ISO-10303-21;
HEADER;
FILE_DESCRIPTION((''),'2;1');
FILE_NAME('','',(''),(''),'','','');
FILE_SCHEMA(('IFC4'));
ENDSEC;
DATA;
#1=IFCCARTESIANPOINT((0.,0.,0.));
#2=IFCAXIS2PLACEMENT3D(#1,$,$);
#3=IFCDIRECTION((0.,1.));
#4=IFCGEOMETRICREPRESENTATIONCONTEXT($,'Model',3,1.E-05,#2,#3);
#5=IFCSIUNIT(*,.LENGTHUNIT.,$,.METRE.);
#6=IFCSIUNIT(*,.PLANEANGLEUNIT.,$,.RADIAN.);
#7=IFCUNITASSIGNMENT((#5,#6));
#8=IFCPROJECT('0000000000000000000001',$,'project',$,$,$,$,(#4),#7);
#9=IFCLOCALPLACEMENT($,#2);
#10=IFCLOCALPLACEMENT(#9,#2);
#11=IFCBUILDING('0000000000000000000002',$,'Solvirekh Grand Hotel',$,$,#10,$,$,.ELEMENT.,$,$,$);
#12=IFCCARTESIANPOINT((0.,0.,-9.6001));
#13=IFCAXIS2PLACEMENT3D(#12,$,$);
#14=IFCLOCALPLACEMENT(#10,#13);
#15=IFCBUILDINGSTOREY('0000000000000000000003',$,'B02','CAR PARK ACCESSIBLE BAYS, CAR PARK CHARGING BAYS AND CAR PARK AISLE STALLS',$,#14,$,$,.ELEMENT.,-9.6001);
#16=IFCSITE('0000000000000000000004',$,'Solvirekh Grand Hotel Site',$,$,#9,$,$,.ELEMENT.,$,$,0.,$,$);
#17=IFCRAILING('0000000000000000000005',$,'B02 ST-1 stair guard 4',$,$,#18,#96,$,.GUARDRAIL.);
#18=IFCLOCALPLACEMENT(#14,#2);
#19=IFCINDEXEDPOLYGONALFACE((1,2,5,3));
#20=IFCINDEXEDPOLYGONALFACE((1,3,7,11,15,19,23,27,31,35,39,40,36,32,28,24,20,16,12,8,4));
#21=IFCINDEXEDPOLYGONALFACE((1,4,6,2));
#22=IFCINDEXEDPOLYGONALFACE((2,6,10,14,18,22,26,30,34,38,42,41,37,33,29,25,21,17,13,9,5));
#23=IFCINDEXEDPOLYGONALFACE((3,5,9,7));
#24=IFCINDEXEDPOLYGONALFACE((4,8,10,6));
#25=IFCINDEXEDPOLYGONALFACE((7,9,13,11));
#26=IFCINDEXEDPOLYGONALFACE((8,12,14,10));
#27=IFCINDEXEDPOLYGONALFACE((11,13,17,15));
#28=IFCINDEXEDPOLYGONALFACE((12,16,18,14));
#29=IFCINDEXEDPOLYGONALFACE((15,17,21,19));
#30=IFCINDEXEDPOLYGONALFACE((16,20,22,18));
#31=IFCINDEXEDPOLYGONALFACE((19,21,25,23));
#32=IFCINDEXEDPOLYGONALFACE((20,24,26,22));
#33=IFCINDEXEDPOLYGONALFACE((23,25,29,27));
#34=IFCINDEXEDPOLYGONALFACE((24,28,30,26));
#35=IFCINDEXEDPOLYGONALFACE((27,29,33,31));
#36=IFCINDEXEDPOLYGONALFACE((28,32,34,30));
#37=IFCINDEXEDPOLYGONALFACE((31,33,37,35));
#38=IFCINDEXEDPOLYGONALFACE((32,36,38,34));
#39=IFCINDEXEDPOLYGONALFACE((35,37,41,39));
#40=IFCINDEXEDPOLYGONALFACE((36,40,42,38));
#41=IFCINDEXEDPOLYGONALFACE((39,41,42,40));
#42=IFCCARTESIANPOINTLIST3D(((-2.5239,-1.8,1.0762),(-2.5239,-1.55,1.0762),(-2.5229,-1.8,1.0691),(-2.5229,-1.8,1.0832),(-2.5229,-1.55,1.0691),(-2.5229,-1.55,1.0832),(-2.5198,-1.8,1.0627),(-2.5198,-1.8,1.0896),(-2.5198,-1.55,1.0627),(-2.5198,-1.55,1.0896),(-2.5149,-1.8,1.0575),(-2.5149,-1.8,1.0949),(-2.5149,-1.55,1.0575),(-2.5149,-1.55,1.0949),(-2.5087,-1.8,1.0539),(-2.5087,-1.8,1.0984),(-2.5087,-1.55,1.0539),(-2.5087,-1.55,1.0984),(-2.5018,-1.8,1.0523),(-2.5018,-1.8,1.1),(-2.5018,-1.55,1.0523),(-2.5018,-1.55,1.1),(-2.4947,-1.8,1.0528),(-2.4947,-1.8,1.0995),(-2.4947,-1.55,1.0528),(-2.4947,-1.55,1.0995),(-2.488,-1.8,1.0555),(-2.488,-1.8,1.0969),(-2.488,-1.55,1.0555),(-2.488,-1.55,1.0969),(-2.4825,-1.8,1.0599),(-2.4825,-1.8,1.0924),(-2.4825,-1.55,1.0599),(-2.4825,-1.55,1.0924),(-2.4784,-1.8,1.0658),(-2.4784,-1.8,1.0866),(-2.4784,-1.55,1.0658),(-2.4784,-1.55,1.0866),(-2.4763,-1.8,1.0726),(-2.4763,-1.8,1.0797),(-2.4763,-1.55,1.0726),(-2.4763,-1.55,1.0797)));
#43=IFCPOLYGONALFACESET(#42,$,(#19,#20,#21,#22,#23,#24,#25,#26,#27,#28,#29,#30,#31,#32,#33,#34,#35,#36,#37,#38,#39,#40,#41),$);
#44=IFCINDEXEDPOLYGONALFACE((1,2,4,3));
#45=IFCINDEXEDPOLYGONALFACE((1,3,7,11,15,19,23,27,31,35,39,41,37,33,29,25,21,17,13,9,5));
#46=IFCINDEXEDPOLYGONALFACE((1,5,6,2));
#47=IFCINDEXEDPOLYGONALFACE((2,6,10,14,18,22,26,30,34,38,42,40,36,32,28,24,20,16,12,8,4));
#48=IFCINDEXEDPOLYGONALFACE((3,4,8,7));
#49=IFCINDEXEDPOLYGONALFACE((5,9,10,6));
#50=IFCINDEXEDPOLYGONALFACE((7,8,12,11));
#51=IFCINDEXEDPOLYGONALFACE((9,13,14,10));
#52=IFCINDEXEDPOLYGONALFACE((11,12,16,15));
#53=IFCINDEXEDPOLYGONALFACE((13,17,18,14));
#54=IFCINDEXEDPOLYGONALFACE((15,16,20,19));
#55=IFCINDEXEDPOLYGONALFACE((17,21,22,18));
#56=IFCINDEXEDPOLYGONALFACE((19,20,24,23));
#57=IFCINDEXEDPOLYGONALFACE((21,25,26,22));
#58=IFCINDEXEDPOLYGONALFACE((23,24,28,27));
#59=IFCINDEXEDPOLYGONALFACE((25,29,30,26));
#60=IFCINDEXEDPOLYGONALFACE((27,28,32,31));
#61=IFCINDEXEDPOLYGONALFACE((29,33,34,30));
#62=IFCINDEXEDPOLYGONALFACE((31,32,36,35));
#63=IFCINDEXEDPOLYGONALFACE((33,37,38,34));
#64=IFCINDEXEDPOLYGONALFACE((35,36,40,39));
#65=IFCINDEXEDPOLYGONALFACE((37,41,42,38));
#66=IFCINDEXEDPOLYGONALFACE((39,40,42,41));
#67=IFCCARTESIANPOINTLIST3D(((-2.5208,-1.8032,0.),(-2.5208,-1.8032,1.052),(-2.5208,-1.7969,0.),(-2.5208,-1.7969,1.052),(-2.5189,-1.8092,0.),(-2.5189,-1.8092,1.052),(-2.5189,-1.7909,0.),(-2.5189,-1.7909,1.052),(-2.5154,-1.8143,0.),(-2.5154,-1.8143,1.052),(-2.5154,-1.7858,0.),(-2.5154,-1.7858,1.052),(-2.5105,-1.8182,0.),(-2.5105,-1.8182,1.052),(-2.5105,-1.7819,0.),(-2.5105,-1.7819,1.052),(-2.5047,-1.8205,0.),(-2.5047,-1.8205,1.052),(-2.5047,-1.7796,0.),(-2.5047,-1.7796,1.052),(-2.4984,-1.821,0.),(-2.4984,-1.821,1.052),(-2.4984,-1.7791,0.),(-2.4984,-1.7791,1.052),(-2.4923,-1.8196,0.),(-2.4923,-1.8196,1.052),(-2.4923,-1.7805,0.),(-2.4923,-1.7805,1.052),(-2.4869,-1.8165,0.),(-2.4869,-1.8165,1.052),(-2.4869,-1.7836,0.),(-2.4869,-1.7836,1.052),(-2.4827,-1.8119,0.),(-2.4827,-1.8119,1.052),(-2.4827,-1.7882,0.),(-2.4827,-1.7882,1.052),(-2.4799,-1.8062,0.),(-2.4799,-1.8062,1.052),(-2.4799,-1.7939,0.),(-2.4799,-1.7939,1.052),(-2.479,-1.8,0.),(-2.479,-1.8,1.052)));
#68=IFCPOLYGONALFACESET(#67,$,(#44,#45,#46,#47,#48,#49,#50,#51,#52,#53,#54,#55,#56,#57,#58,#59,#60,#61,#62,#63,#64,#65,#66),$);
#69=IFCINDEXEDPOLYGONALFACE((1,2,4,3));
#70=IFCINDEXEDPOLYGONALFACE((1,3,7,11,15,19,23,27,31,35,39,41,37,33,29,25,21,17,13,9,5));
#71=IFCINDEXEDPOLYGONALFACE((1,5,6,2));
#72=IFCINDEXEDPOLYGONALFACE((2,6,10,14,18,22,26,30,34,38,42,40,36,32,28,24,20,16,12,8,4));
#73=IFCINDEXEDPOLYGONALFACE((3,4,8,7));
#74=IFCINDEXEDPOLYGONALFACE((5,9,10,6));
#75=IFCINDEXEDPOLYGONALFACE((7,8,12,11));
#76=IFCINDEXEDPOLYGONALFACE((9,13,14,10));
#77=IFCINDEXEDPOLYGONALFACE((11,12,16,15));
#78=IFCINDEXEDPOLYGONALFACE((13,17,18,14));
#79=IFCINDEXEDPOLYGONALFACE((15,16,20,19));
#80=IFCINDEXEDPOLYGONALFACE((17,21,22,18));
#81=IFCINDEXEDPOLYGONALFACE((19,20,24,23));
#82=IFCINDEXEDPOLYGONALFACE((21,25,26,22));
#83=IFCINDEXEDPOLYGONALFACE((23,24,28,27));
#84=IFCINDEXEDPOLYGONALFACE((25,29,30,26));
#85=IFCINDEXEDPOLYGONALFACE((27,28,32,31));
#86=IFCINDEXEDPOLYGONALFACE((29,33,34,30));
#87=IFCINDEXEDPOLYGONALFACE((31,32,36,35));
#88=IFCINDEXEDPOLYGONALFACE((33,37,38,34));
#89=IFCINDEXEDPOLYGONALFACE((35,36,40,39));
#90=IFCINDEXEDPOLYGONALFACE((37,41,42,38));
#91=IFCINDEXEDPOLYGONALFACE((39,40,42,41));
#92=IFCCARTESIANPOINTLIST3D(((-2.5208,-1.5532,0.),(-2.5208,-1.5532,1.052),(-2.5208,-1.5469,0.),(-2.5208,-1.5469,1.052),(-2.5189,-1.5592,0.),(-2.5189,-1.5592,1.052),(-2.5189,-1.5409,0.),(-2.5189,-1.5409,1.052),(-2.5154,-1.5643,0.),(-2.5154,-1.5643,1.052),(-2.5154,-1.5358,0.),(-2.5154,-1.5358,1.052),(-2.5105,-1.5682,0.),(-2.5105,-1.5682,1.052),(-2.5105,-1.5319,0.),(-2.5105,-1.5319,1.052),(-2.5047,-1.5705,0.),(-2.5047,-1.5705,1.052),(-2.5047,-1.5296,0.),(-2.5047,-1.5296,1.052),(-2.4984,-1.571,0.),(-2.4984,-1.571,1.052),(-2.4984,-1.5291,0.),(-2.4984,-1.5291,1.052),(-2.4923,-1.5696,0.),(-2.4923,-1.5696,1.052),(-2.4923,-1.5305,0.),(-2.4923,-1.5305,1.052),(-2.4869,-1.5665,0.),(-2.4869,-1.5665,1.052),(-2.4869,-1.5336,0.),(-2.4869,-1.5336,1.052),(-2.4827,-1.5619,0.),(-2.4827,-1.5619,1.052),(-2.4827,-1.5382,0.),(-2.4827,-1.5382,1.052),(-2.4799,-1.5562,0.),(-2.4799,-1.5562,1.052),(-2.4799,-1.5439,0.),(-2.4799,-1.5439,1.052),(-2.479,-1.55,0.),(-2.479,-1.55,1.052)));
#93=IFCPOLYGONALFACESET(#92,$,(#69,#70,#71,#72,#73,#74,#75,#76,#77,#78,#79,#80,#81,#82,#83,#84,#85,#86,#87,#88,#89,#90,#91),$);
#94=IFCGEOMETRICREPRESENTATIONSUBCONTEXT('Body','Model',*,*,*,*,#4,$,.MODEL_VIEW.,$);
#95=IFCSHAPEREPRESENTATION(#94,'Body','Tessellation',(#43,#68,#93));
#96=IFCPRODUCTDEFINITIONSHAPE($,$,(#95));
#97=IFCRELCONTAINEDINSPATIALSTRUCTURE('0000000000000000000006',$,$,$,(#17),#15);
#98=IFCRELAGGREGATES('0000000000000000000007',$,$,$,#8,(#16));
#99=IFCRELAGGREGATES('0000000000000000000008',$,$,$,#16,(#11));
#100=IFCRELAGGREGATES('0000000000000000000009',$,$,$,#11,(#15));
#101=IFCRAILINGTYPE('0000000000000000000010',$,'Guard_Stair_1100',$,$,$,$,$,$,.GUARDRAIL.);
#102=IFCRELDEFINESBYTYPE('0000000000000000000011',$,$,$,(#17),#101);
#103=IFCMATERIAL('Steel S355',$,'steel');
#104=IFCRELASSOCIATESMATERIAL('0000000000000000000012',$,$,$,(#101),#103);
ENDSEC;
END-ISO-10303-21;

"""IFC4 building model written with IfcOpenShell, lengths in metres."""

from ifc_helpers import new_model, si_unit, direction, frame, origin, origin_2d, place, context, subcontext, project, spatial, circle, extrude, material, type_object, element, save


model = new_model("IFC4")

# Units and contexts
model_context = context("Model", 3, precision=1e-05, world=origin(), true_north=direction((0.0, 1.0)))
body_context = subcontext(model_context, "Body", "Model", "MODEL_VIEW")
ifc_project = project(units=[si_unit("LENGTHUNIT", "METRE"), si_unit("PLANEANGLEUNIT", "RADIAN")], contexts=[model_context])

# Site, building, storey
site_placement = place(None, origin())
site = spatial("IfcSite", under=ifc_project, at=site_placement, Name="Solvirekh Grand Hotel Site", CompositionType="ELEMENT", RefElevation=0.0)
building_placement = place(site_placement, origin())
building = spatial("IfcBuilding", under=site, at=building_placement, Name="Solvirekh Grand Hotel", CompositionType="ELEMENT")
storey_placement = place(building_placement, frame((0.0, 0.0, -9.6001)))
storey = spatial("IfcBuildingStorey", under=building, at=storey_placement, Name="B02", Description="CAR PARK ACCESSIBLE BAYS, CAR PARK CHARGING BAYS AND CAR PARK AISLE STALLS", CompositionType="ELEMENT", Elevation=-9.6001)

# Shared definitions
ifc_material_1 = material(Name="Steel S355", Category="steel")

# Railing
railing_type_1 = type_object("IfcRailingType", Name="Guard_Stair_1100", PredefinedType="GUARDRAIL", material=ifc_material_1)
railing_1_placement = place(storey_placement, frame((-2.5, -1.8, 0.0)))
element("IfcRailing", 1, at=railing_1_placement, inside=storey, type_object=railing_type_1, Name="B02 ST-1 stair guard 4", PredefinedType="GUARDRAIL", context=body_context, shape_type="SweptSolid", body=[
    extrude(circle(Radius=0.0239, at=origin_2d()), frame((0.0, 0.0, 1.0762), z_axis=(0.0, 1.0, 0.0), x_axis=(-1.0, 0.0, 0.0)), (0.0, 0.0, 1.0), 0.25),
    extrude(circle(Radius=0.021, at=origin_2d()), origin(), (0.0, 0.0, 1.0), 1.052),
    extrude(circle(Radius=0.021, at=origin_2d()), frame((0.0, 0.25, 0.0)), (0.0, 0.0, 1.0), 1.052),
])

save(model, "model.ifc")
